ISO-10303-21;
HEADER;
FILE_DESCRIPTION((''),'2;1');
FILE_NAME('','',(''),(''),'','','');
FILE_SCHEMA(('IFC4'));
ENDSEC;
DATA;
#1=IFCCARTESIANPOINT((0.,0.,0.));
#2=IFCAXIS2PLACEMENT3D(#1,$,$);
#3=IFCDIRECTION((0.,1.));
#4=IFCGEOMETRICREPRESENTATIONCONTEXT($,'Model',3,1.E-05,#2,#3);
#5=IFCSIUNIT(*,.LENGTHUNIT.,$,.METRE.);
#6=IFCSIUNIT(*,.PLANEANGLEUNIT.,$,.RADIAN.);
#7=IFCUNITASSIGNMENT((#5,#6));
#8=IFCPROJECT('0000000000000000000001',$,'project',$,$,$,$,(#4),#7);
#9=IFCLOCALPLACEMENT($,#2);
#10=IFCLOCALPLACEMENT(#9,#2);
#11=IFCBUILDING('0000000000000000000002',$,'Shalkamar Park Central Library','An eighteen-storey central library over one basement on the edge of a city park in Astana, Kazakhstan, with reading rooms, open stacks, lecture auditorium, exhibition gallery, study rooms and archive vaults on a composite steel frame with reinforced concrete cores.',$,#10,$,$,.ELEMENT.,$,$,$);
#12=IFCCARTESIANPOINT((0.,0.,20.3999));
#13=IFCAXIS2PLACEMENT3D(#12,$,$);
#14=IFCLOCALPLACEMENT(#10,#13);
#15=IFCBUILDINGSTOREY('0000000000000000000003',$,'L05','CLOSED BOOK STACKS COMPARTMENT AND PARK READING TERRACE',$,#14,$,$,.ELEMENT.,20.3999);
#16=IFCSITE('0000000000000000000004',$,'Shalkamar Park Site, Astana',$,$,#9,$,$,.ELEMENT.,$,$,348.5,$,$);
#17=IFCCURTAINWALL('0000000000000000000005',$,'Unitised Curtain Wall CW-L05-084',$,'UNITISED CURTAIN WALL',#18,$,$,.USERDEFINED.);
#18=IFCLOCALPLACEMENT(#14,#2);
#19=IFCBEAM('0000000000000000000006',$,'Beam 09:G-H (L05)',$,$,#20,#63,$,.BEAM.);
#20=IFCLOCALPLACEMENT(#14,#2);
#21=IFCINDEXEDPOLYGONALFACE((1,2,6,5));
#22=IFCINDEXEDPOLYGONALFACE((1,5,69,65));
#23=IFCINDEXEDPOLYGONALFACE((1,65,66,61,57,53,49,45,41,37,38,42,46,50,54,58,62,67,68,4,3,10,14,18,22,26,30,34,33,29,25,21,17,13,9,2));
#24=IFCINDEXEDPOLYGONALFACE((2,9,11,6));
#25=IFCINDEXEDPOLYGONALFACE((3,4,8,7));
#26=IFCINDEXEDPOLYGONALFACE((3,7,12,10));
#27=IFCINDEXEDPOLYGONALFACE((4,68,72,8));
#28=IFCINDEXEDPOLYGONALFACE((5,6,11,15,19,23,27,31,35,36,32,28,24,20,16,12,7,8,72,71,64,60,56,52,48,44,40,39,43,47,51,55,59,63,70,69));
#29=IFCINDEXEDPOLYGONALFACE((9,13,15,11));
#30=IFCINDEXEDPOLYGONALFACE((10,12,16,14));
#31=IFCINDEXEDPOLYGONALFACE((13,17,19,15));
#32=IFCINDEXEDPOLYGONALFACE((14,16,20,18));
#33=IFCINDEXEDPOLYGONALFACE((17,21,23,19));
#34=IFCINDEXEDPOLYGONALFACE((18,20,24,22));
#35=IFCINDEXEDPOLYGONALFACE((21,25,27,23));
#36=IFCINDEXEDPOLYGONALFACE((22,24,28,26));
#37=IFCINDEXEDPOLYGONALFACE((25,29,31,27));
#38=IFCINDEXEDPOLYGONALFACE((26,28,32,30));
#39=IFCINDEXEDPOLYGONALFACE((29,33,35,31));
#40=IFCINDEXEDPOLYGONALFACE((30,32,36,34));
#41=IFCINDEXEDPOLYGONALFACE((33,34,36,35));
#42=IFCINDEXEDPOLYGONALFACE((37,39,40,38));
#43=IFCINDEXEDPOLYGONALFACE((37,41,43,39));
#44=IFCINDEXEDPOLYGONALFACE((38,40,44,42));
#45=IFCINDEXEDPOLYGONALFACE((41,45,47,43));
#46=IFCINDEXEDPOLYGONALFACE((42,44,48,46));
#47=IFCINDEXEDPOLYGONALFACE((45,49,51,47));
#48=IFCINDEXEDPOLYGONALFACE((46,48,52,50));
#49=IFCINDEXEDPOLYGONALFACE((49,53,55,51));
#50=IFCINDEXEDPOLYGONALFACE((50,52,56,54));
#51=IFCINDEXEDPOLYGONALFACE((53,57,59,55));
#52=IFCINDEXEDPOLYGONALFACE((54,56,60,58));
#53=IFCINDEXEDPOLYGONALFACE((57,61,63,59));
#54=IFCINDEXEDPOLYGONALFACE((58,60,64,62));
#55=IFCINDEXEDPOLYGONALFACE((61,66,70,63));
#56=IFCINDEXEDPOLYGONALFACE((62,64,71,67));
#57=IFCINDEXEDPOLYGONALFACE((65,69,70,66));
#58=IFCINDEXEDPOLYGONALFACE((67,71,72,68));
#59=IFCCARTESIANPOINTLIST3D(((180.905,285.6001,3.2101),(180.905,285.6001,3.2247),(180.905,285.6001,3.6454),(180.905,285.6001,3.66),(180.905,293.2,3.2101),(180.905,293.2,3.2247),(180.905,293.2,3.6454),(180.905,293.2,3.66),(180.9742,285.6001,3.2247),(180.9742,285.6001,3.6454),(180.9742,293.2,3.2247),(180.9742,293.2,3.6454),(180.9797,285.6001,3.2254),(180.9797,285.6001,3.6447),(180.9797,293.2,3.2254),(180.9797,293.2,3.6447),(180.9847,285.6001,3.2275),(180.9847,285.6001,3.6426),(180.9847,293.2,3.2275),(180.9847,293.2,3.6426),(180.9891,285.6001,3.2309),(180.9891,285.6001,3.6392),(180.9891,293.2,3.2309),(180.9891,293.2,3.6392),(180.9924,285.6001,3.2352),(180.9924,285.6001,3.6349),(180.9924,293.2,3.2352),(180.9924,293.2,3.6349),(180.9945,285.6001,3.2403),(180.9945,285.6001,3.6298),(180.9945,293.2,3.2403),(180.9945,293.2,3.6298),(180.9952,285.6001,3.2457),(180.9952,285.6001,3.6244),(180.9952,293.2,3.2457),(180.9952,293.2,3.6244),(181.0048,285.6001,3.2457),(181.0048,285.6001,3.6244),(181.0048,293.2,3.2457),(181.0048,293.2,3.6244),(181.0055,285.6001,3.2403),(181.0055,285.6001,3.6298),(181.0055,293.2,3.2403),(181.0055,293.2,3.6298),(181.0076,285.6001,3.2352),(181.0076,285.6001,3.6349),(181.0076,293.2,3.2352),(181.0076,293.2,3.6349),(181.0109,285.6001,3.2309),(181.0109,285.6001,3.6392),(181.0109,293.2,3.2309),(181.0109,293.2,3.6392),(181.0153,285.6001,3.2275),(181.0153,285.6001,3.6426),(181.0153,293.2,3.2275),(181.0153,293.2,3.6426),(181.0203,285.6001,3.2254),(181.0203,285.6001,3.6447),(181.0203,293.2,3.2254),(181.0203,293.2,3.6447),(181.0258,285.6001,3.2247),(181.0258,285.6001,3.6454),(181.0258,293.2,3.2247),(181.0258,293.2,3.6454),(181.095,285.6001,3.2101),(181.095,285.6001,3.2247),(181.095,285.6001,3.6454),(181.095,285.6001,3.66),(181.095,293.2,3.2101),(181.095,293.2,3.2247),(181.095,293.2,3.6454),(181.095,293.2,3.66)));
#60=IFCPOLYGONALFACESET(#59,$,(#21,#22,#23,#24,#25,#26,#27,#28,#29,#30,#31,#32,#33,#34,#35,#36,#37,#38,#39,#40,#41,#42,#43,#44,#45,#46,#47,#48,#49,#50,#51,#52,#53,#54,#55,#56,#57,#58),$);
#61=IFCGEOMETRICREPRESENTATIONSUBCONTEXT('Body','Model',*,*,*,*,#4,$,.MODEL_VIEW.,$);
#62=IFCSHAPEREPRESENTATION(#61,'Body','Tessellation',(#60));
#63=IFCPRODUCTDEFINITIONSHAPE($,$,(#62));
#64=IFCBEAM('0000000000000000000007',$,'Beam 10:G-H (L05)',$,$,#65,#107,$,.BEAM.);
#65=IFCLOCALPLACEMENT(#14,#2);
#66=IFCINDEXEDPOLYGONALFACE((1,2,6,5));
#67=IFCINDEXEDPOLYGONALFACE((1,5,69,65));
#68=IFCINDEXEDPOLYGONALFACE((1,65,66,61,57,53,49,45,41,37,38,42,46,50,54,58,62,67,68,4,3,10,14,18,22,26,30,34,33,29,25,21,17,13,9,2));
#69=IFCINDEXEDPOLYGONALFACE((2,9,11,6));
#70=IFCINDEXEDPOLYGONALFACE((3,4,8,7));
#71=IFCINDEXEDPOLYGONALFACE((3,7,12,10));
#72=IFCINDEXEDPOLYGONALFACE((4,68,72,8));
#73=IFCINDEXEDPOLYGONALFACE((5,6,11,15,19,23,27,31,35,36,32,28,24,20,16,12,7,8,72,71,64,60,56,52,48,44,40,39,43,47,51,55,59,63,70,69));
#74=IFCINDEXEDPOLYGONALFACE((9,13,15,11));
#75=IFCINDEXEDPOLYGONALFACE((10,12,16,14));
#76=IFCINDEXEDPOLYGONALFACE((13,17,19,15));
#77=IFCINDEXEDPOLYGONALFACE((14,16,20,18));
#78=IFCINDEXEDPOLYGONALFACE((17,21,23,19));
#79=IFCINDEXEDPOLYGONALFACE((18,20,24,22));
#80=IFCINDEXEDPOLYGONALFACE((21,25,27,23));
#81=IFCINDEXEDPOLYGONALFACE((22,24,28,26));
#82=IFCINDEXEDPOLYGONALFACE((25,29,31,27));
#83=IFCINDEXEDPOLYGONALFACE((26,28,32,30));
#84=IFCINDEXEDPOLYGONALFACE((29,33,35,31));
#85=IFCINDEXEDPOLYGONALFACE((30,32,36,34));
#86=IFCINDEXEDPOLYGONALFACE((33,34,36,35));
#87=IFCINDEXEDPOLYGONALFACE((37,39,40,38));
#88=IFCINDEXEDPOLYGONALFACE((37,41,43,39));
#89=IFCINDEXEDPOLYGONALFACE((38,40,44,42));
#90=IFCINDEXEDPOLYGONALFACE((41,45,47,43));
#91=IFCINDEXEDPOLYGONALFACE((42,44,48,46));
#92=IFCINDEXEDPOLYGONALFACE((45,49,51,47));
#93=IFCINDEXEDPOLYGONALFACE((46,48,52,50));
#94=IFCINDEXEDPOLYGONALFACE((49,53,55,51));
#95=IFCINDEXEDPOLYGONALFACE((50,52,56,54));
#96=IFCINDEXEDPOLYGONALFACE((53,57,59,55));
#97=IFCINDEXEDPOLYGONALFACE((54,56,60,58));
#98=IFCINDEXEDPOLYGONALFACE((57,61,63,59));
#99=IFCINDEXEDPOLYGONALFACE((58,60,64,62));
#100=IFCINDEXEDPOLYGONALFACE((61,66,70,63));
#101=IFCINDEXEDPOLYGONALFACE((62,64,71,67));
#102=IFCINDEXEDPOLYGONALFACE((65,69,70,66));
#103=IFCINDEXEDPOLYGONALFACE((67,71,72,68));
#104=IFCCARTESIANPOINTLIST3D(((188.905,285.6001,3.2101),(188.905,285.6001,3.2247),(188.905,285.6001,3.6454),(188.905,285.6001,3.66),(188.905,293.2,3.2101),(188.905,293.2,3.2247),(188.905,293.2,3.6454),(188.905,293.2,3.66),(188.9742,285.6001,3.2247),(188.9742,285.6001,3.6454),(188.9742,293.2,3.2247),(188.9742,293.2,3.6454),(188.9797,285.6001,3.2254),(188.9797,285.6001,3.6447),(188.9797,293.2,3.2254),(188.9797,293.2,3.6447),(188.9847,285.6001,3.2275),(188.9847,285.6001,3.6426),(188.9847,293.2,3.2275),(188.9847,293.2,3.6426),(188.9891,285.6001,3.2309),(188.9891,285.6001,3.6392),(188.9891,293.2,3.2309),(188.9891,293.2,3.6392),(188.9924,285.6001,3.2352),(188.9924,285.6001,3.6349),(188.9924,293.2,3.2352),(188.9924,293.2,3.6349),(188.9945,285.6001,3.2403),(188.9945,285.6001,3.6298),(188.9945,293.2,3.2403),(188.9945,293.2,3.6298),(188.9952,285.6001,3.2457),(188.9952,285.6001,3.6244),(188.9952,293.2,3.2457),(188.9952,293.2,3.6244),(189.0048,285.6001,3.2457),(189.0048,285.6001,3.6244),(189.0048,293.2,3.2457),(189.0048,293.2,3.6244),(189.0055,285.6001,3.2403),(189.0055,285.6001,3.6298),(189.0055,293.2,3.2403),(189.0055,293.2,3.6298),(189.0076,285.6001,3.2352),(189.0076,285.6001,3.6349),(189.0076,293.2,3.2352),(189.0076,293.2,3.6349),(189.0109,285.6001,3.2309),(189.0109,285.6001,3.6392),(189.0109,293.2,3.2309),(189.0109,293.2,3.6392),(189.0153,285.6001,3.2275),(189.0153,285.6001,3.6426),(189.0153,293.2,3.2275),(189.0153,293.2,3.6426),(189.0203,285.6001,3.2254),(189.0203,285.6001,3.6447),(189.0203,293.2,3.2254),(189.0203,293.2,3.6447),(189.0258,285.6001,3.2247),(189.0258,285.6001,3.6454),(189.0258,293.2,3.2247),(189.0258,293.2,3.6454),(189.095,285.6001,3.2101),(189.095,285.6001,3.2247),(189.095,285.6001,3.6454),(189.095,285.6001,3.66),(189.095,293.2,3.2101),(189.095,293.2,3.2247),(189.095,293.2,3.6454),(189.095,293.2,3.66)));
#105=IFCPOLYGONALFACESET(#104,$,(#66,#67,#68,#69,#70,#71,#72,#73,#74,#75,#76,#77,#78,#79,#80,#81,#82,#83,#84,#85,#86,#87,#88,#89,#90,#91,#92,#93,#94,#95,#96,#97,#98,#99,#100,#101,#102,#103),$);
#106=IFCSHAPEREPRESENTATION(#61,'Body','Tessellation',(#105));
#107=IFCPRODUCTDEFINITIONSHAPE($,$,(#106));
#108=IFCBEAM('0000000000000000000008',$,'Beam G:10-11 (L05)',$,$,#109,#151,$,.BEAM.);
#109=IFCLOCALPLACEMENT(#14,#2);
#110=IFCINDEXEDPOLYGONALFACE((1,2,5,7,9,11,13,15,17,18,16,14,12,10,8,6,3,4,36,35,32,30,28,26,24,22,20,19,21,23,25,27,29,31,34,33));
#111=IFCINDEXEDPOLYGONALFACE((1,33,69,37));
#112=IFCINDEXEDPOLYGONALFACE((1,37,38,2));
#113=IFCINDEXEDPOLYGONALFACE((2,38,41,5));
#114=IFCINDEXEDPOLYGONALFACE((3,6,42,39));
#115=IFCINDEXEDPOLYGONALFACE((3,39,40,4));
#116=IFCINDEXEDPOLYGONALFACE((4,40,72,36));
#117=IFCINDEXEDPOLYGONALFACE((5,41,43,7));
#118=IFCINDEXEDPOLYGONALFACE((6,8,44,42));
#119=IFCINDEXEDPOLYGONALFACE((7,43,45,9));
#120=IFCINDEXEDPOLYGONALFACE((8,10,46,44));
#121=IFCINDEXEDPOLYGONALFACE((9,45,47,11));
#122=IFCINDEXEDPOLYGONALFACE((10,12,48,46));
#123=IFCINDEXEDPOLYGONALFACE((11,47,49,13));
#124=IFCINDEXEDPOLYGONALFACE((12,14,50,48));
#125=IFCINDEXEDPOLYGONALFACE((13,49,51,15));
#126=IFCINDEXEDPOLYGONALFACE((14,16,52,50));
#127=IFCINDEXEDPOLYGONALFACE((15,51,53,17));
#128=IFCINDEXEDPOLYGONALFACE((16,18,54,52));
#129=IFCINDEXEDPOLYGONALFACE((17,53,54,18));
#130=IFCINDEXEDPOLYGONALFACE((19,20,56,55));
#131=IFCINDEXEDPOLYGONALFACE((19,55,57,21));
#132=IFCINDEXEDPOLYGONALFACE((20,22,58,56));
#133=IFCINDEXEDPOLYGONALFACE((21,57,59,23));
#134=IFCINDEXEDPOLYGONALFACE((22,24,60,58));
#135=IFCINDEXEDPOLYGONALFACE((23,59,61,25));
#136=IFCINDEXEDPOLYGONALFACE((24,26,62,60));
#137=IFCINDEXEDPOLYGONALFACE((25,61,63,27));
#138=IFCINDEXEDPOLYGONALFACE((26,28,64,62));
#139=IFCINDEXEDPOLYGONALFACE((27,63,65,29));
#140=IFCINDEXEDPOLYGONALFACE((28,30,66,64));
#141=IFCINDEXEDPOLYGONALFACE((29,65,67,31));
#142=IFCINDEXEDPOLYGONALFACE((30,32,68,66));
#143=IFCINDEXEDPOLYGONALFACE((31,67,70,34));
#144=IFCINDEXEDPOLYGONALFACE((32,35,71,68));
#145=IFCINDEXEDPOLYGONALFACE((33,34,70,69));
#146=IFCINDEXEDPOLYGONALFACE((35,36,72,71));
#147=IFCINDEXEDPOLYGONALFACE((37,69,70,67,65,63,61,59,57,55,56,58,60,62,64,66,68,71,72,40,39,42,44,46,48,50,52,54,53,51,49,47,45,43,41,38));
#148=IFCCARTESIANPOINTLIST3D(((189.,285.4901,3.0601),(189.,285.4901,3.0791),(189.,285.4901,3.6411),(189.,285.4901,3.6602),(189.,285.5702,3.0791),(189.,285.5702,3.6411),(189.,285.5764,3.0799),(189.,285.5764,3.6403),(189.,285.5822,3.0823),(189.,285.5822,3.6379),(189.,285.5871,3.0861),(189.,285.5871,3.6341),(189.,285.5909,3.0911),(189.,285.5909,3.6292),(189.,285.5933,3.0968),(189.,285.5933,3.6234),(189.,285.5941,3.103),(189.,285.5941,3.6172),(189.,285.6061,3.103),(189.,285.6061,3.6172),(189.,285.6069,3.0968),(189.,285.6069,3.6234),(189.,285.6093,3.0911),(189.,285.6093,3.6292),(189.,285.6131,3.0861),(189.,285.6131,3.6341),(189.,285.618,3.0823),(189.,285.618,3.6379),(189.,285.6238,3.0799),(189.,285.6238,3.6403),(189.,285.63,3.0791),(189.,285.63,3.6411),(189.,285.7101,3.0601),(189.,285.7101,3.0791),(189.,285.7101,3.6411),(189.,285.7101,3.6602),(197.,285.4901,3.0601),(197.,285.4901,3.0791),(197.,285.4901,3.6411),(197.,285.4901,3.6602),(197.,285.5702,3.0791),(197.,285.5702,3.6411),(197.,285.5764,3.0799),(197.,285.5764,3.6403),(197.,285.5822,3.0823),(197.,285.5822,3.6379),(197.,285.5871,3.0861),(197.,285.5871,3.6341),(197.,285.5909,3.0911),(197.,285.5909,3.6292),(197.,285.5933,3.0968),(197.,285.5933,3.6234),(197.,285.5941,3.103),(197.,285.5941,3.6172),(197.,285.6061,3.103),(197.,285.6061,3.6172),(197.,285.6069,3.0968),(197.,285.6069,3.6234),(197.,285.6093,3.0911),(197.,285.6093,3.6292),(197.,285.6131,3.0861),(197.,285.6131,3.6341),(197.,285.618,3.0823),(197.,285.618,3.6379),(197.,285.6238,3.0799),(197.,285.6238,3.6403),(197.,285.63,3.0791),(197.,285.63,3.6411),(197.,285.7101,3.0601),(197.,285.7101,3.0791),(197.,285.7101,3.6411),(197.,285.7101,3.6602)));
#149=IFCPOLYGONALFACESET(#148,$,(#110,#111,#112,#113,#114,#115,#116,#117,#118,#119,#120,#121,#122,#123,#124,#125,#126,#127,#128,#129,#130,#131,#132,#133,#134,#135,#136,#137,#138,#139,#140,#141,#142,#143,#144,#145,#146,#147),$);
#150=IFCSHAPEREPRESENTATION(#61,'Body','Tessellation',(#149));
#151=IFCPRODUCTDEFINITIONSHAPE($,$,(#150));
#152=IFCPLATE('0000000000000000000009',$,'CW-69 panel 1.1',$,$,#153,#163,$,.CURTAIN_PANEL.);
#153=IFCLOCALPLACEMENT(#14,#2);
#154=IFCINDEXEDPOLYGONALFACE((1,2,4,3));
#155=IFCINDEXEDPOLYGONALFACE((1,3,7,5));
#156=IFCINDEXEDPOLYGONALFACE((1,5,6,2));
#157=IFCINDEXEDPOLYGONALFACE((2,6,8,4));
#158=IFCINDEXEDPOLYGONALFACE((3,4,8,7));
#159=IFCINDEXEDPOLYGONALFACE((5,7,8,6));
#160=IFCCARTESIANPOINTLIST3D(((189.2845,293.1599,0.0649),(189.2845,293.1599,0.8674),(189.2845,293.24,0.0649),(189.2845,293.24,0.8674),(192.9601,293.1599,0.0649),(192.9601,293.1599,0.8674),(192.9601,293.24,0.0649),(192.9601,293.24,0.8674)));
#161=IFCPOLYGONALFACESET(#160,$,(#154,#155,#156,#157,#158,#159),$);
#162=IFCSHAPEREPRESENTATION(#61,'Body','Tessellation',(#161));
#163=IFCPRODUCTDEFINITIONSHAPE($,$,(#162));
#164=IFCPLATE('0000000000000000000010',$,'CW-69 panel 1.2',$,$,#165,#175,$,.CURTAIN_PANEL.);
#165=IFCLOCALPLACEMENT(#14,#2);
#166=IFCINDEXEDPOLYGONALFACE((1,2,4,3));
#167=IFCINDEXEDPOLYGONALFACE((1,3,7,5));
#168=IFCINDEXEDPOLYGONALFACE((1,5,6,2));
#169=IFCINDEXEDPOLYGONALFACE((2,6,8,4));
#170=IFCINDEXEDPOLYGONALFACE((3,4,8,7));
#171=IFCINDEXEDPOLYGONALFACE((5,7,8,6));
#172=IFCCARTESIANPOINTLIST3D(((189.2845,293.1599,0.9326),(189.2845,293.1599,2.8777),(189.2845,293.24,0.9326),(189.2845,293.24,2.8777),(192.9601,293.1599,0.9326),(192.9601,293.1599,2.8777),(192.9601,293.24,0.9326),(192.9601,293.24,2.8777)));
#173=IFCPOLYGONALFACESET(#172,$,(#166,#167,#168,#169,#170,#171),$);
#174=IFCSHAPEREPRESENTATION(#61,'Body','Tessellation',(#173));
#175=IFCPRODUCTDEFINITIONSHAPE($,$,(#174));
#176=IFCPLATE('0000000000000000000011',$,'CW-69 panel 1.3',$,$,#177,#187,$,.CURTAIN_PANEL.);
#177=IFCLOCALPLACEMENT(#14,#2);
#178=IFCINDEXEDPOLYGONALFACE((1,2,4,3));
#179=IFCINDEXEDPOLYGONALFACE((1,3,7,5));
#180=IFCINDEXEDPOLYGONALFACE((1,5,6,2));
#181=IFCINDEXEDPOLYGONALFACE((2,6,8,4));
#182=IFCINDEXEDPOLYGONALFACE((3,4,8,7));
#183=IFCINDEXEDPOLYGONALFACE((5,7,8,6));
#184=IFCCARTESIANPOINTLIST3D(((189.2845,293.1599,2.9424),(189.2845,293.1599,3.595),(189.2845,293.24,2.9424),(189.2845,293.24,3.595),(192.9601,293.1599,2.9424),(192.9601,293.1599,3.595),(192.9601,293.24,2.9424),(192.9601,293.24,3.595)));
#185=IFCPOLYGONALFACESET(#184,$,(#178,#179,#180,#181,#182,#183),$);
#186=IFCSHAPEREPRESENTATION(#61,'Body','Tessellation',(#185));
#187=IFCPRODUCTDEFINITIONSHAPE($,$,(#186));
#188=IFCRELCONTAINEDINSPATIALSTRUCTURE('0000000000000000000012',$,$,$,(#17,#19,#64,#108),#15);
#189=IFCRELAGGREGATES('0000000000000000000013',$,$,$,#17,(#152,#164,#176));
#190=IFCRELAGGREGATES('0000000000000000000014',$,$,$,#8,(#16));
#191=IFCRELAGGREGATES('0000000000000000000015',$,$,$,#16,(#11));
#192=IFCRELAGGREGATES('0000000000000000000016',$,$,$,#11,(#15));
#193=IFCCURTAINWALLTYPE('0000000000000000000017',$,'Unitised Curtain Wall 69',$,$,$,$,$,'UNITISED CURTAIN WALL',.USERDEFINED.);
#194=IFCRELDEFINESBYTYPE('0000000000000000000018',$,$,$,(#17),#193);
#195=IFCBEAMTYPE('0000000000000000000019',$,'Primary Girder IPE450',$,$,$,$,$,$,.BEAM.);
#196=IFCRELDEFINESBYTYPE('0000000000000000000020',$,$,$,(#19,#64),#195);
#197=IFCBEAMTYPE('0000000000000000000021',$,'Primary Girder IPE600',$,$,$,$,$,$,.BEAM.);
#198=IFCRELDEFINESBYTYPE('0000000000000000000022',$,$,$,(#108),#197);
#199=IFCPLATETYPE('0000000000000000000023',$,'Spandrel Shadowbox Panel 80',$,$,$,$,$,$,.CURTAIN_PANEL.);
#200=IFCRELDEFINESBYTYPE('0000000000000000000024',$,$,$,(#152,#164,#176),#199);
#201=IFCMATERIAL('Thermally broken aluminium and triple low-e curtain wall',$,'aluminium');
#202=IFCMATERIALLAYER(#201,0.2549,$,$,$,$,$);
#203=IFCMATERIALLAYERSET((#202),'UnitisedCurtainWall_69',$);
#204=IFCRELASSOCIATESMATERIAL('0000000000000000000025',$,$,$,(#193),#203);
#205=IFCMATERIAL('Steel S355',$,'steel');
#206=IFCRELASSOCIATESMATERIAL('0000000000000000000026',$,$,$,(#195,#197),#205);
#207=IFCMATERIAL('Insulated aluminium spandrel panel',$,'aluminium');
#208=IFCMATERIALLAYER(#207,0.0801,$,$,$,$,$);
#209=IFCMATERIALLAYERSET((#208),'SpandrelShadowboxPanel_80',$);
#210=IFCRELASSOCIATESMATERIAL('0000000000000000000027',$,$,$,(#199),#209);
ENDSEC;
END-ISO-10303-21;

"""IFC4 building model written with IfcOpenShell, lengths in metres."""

from ifc_helpers import new_model, si_unit, direction, frame, origin, origin_2d, place, context, subcontext, project, spatial, rectangle, i_section, extrude, material, layer, layer_set, material_profile, profile_set, type_object, element, aggregate, save


model = new_model("IFC4")

# Units and contexts
model_context = context("Model", 3, precision=1e-05, world=origin(), true_north=direction((0.0, 1.0)))
body_context = subcontext(model_context, "Body", "Model", "MODEL_VIEW")
ifc_project = project(units=[si_unit("LENGTHUNIT", "METRE"), si_unit("PLANEANGLEUNIT", "RADIAN")], contexts=[model_context])

# Site, building, storey
site_placement = place(None, origin())
site = spatial("IfcSite", under=ifc_project, at=site_placement, Name="Shalkamar Park Site, Astana", CompositionType="ELEMENT", RefElevation=348.5)
building_placement = place(site_placement, origin())
building = spatial("IfcBuilding", under=site, at=building_placement, Name="Shalkamar Park Central Library", Description="An eighteen-storey central library over one basement on the edge of a city park in Astana, Kazakhstan, with reading rooms, open stacks, lecture auditorium, exhibition gallery, study rooms and archive vaults on a composite steel frame with reinforced concrete cores.", CompositionType="ELEMENT")
storey_placement = place(building_placement, frame((0.0, 0.0, 20.3999)))
storey = spatial("IfcBuildingStorey", under=building, at=storey_placement, Name="L05", Description="CLOSED BOOK STACKS COMPARTMENT AND PARK READING TERRACE", CompositionType="ELEMENT", Elevation=20.3999)

# Shared definitions
ifc_material_1 = material(Name="Steel S355", Category="steel")

# Curtain wall
ifc_material_2 = material(Name="Thermally broken aluminium and triple low-e curtain wall", Category="aluminium")
ifc_layer_1 = layer(ifc_material_2, 0.2549)
ifc_layer_set_1 = layer_set([ifc_layer_1], Name="UnitisedCurtainWall_69")
curtain_wall_type = type_object("IfcCurtainWallType", Name="Unitised Curtain Wall 69", ElementType="UNITISED CURTAIN WALL", PredefinedType="USERDEFINED", material=ifc_layer_set_1)
curtain_wall_placement = place(storey_placement, origin())
curtain_wall = element("IfcCurtainWall", 1, at=curtain_wall_placement, inside=storey, type_object=curtain_wall_type, Name="Unitised Curtain Wall CW-L05-084", ObjectType="UNITISED CURTAIN WALL", PredefinedType="USERDEFINED")

# Beams
ifc_material_profile_1 = material_profile(ifc_material_1, i_section(OverallWidth=0.1899, OverallDepth=0.45, WebThickness=0.0095, FlangeThickness=0.0146, FilletRadius=0.021, at=origin_2d()), Name="IPE 450")
ifc_profile_set_1 = profile_set([ifc_material_profile_1], Name="Steel S355")
beam_type_1 = type_object("IfcBeamType", Name="Primary Girder IPE450", PredefinedType="BEAM", material=ifc_profile_set_1)
for number, where, z_axis, x_axis, name in (
    (2, (181.0, 285.6001, 3.4351), (0.0, 1.0, 0.0), (-1.0, 0.0, 0.0), "Beam 09:G-H (L05)"),
    (3, (189.0, 285.6001, 3.4351), (0.0, 1.0, 0.0), (-1.0, 0.0, 0.0), "Beam 10:G-H (L05)"),
):
    element("IfcBeam", number, at=place(storey_placement, frame(where, z_axis=z_axis, x_axis=x_axis)), inside=storey, type_object=beam_type_1, Name=name, PredefinedType="BEAM", context=body_context, shape_type="SweptSolid", body=[
        extrude(i_section(OverallWidth=0.1899, OverallDepth=0.45, WebThickness=0.0095, FlangeThickness=0.0146, FilletRadius=0.021, at=origin_2d()), origin(), (0.0, 0.0, 1.0), 7.5999),
    ])
ifc_material_profile_2 = material_profile(ifc_material_1, i_section(OverallWidth=0.22, OverallDepth=0.6001, WebThickness=0.012, FlangeThickness=0.019, FilletRadius=0.0239, at=origin_2d()), Name="IPE 600")
ifc_profile_set_2 = profile_set([ifc_material_profile_2], Name="Steel S355")
beam_type_2 = type_object("IfcBeamType", Name="Primary Girder IPE600", PredefinedType="BEAM", material=ifc_profile_set_2)
beam_1_placement = place(storey_placement, frame((189.0, 285.6001, 3.3601), z_axis=(1.0, 0.0, 0.0), x_axis=(0.0, 1.0, 0.0)))
element("IfcBeam", 4, at=beam_1_placement, inside=storey, type_object=beam_type_2, Name="Beam G:10-11 (L05)", PredefinedType="BEAM", context=body_context, shape_type="SweptSolid", body=[
    extrude(i_section(OverallWidth=0.22, OverallDepth=0.6001, WebThickness=0.012, FlangeThickness=0.019, FilletRadius=0.0239, at=origin_2d()), origin(), (0.0, 0.0, 1.0), 8.0),
])

# Plates
ifc_material_3 = material(Name="Insulated aluminium spandrel panel", Category="aluminium")
ifc_layer_2 = layer(ifc_material_3, 0.0801)
ifc_layer_set_2 = layer_set([ifc_layer_2], Name="SpandrelShadowboxPanel_80")
plate_type = type_object("IfcPlateType", Name="Spandrel Shadowbox Panel 80", PredefinedType="CURTAIN_PANEL", material=ifc_layer_set_2)
plate_1_placement = place(storey_placement, frame((191.1223, 293.2, 0.0649), z_axis=(0.0, 0.0, 1.0), x_axis=(1.0, 0.0, 0.0)))
plate_1 = element("IfcPlate", 5, at=plate_1_placement, type_object=plate_type, Name="CW-69 panel 1.1", PredefinedType="CURTAIN_PANEL", context=body_context, shape_type="SweptSolid", body=[
    extrude(rectangle(XDim=3.6755, YDim=0.0801, at=origin_2d()), origin(), (0.0, 0.0, 1.0), 0.8025),
])
plate_2_placement = place(storey_placement, frame((191.1223, 293.2, 0.9326), z_axis=(0.0, 0.0, 1.0), x_axis=(1.0, 0.0, 0.0)))
plate_2 = element("IfcPlate", 6, at=plate_2_placement, type_object=plate_type, Name="CW-69 panel 1.2", PredefinedType="CURTAIN_PANEL", context=body_context, shape_type="SweptSolid", body=[
    extrude(rectangle(XDim=3.6755, YDim=0.0801, at=origin_2d()), origin(), (0.0, 0.0, 1.0), 1.9451),
])
plate_3_placement = place(storey_placement, frame((191.1223, 293.2, 2.9424), z_axis=(0.0, 0.0, 1.0), x_axis=(1.0, 0.0, 0.0)))
plate_3 = element("IfcPlate", 7, at=plate_3_placement, type_object=plate_type, Name="CW-69 panel 1.3", PredefinedType="CURTAIN_PANEL", context=body_context, shape_type="SweptSolid", body=[
    extrude(rectangle(XDim=3.6755, YDim=0.0801, at=origin_2d()), origin(), (0.0, 0.0, 1.0), 0.6526),
])
aggregate(curtain_wall, [plate_1, plate_2, plate_3])

save(model, "model.ifc")
